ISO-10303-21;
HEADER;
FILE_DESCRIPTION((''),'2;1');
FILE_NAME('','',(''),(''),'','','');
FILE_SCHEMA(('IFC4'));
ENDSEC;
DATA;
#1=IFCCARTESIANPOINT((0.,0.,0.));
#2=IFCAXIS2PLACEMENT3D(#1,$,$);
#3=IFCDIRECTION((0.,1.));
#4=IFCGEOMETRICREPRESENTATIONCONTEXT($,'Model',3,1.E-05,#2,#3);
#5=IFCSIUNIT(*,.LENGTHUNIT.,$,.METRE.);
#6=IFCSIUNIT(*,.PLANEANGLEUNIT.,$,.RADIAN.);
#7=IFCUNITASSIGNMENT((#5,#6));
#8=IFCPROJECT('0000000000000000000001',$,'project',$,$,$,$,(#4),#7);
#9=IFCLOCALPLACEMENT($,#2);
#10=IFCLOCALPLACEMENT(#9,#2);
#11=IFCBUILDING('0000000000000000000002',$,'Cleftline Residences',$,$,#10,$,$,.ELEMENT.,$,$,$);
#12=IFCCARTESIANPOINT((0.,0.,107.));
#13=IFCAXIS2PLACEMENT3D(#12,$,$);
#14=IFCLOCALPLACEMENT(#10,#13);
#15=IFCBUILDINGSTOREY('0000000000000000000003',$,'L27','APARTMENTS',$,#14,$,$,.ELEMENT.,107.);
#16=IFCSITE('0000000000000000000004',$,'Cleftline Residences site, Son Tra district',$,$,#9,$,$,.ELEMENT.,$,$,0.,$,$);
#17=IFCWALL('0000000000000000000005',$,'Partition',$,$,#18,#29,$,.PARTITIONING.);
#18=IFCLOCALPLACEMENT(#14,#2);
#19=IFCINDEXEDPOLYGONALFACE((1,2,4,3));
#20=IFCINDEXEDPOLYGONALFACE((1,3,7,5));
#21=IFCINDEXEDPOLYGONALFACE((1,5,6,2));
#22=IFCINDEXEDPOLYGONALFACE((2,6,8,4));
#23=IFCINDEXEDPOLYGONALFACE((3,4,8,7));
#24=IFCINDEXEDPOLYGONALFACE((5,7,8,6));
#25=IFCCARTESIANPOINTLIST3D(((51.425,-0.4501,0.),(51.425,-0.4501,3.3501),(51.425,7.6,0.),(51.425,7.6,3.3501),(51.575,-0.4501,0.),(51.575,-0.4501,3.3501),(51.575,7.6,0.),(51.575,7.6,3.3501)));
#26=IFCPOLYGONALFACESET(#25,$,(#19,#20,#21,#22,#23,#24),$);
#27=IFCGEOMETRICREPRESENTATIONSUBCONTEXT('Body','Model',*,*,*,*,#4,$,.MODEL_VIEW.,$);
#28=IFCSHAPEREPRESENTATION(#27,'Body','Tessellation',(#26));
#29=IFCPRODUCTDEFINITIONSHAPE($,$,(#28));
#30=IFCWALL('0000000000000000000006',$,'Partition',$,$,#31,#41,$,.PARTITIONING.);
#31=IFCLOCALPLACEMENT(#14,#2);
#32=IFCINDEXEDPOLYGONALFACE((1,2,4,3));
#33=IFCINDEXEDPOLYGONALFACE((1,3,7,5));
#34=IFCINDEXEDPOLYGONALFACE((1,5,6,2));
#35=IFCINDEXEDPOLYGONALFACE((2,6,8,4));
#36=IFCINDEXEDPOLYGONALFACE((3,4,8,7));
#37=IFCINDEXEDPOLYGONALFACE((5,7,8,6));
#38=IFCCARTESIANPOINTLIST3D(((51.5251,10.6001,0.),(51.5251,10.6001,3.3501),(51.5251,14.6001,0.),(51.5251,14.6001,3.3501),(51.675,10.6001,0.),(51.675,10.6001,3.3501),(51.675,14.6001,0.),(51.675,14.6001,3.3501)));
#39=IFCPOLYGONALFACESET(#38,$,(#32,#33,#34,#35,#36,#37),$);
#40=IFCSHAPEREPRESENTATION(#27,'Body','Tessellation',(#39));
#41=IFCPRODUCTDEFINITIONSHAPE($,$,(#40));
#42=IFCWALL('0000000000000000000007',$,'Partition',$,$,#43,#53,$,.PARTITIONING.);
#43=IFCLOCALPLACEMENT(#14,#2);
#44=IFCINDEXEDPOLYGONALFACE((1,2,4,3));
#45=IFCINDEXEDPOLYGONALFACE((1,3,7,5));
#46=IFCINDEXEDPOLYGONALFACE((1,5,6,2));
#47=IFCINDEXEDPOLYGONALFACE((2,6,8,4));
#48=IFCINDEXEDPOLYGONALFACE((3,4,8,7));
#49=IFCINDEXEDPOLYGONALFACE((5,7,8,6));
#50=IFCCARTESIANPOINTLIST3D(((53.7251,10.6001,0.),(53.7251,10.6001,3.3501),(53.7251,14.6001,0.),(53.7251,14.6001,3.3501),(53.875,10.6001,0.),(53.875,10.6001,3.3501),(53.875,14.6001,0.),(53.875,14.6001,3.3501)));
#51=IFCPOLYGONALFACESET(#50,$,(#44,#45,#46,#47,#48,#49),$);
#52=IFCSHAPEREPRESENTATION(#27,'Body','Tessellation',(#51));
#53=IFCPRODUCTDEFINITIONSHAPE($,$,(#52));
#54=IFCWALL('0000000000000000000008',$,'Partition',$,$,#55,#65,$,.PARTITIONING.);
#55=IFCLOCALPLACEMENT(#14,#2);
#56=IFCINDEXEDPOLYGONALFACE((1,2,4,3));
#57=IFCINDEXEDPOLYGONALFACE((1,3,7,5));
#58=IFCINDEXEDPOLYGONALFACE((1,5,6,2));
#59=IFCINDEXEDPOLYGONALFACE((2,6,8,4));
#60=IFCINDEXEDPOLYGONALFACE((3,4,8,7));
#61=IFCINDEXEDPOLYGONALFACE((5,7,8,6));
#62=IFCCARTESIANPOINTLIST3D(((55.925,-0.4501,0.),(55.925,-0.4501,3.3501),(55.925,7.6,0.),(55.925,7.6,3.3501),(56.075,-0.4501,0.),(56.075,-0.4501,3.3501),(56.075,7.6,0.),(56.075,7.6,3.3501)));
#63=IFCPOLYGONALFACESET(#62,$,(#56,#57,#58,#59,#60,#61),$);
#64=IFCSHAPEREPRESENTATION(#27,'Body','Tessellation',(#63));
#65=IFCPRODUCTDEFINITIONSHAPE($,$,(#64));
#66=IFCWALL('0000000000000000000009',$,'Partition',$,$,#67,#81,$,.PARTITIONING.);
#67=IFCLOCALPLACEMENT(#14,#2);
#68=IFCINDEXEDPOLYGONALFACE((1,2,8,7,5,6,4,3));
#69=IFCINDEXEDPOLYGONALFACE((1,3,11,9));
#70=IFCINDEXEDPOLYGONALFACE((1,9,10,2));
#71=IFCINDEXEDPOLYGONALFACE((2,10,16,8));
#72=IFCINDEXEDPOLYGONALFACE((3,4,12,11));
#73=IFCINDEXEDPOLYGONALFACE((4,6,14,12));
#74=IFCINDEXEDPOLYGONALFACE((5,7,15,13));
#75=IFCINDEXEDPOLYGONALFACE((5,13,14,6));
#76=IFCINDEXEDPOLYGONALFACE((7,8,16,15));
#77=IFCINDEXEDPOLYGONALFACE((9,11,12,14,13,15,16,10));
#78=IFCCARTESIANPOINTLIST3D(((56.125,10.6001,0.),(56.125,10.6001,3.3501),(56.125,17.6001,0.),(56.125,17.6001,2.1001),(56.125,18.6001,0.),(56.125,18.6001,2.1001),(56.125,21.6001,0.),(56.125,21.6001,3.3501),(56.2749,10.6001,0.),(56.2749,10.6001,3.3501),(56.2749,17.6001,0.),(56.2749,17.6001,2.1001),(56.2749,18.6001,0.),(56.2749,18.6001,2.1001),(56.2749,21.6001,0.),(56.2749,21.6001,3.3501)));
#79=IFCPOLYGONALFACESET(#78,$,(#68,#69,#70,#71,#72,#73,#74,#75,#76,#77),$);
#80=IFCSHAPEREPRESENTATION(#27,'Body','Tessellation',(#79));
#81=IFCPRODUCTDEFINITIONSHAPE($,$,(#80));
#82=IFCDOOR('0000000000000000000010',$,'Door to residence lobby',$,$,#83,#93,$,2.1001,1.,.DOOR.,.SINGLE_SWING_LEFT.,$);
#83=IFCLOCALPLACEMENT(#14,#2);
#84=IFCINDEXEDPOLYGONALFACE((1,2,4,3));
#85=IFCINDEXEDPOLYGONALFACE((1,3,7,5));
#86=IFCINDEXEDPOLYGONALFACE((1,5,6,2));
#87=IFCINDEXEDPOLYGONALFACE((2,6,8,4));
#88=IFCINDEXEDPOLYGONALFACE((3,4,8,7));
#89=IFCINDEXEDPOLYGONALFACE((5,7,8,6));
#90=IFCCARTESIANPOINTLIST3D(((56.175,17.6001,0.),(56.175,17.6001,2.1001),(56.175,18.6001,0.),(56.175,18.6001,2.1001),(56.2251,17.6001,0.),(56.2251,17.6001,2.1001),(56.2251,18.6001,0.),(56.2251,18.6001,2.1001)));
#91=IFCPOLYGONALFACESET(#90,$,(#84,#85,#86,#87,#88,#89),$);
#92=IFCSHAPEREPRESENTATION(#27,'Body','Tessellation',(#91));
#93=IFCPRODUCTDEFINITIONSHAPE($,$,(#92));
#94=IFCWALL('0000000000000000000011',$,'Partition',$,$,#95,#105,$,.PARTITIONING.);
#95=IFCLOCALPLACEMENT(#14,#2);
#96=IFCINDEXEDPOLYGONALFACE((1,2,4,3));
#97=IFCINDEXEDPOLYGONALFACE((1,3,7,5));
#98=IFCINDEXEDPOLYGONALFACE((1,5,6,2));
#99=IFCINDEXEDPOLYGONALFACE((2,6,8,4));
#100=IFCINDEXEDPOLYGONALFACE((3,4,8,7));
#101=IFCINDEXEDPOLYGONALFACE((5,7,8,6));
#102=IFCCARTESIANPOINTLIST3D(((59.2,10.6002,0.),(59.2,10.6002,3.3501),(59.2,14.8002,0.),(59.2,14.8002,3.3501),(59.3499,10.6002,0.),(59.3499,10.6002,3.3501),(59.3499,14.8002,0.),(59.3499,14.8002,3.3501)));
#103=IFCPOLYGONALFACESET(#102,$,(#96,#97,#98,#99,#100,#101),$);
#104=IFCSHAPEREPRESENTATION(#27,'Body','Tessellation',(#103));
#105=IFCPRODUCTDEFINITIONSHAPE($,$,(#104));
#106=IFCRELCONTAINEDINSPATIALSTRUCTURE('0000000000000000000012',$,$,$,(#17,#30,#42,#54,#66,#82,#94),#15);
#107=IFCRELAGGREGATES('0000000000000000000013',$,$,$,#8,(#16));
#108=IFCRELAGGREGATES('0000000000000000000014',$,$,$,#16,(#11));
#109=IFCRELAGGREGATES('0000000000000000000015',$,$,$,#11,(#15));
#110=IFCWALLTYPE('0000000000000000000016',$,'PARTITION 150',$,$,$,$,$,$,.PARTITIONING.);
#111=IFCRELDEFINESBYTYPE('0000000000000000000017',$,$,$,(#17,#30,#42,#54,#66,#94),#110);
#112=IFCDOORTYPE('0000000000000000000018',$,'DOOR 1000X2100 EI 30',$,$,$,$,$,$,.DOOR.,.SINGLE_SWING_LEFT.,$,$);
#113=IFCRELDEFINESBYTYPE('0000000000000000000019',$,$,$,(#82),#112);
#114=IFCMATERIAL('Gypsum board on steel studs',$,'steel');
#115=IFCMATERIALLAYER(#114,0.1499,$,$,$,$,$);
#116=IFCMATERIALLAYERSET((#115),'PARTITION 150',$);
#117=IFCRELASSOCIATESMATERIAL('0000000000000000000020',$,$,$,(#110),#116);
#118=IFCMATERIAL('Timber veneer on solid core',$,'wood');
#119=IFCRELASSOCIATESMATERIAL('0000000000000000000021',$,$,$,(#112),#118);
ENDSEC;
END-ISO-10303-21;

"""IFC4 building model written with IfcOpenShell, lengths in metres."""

from ifc_helpers import new_model, si_unit, direction, frame, frame_2d, origin, place, context, subcontext, project, spatial, rectangle, extrude, material, layer, layer_set, type_object, element, fill, save


model = new_model("IFC4")

# Units and contexts
model_context = context("Model", 3, precision=1e-05, world=origin(), true_north=direction((0.0, 1.0)))
body_context = subcontext(model_context, "Body", "Model", "MODEL_VIEW")
ifc_project = project(units=[si_unit("LENGTHUNIT", "METRE"), si_unit("PLANEANGLEUNIT", "RADIAN")], contexts=[model_context])

# Site, building, storey
site_placement = place(None, origin())
site = spatial("IfcSite", under=ifc_project, at=site_placement, Name="Cleftline Residences site, Son Tra district", CompositionType="ELEMENT", RefElevation=0.0)
building_placement = place(site_placement, origin())
building = spatial("IfcBuilding", under=site, at=building_placement, Name="Cleftline Residences", CompositionType="ELEMENT")
storey_placement = place(building_placement, frame((0.0, 0.0, 107.0)))
storey = spatial("IfcBuildingStorey", under=building, at=storey_placement, Name="L27", Description="APARTMENTS", CompositionType="ELEMENT", Elevation=107.0)

# Shared definitions
ifc_material_1 = material(Name="Gypsum board on steel studs", Category="steel")
ifc_layer_1 = layer(ifc_material_1, 0.1499)
ifc_layer_set_1 = layer_set([ifc_layer_1], Name="PARTITION 150")
wall_type_1 = type_object("IfcWallType", Name="PARTITION 150", PredefinedType="PARTITIONING", material=ifc_layer_set_1)

# Walls
wall_1_placement = place(storey_placement, frame((51.5, -0.45, 0.0), z_axis=(0.0, 0.0, 1.0), x_axis=(0.0, 1.0, 0.0)))
element("IfcWall", 1, at=wall_1_placement, inside=storey, type_object=wall_type_1, Name="Partition", PredefinedType="PARTITIONING", context=body_context, shape_type="SweptSolid", body=[
    extrude(rectangle(XDim=8.05, YDim=0.1499, at=frame_2d((4.0249, 0.0))), origin(), (0.0, 0.0, 1.0), 3.3501),
])
for number, where, z_axis, x_axis, name in (
    (2, (51.6001, 10.6001, 0.0), (0.0, 0.0, 1.0), (0.0, 1.0, 0.0), "Partition"),
    (3, (53.8, 10.6001, 0.0), (0.0, 0.0, 1.0), (0.0, 1.0, 0.0), "Partition"),
):
    element("IfcWall", number, at=place(storey_placement, frame(where, z_axis=z_axis, x_axis=x_axis)), inside=storey, type_object=wall_type_1, Name=name, PredefinedType="PARTITIONING", context=body_context, shape_type="SweptSolid", body=[
        extrude(rectangle(XDim=4.0, YDim=0.1499, at=frame_2d((2.0, 0.0))), origin(), (0.0, 0.0, 1.0), 3.3501),
    ])
wall_2_placement = place(storey_placement, frame((56.0, -0.45, 0.0), z_axis=(0.0, 0.0, 1.0), x_axis=(0.0, 1.0, 0.0)))
element("IfcWall", 4, at=wall_2_placement, inside=storey, type_object=wall_type_1, Name="Partition", PredefinedType="PARTITIONING", context=body_context, shape_type="SweptSolid", body=[
    extrude(rectangle(XDim=8.05, YDim=0.1499, at=frame_2d((4.0249, 0.0))), origin(), (0.0, 0.0, 1.0), 3.3501),
])

# Wall, opening, door
wall_3_placement = place(storey_placement, frame((56.2, 10.6001, 0.0), z_axis=(0.0, 0.0, 1.0), x_axis=(0.0, 1.0, 0.0)))
wall_3 = element("IfcWall", 5, at=wall_3_placement, inside=storey, type_object=wall_type_1, Name="Partition", PredefinedType="PARTITIONING", context=body_context, shape_type="SweptSolid", body=[
    extrude(rectangle(XDim=11.0, YDim=0.1499, at=frame_2d((5.5, 0.0))), origin(), (0.0, 0.0, 1.0), 3.3501),
])
opening_1_placement = place(wall_3_placement, frame((7.0, 0.0, 0.0)))
opening_1 = element("IfcOpeningElement", 6, at=opening_1_placement, cuts=wall_3, PredefinedType="OPENING", context=body_context, shape_type="SweptSolid", body=[
    extrude(rectangle(XDim=1.0, YDim=2.1001, at=frame_2d((0.5, 1.05))), frame((0.0, 0.085, 0.0), z_axis=(0.0, -1.0, 0.0), x_axis=(1.0, 0.0, 0.0)), (0.0, 0.0, 1.0), 0.1699),
])
ifc_material_2 = material(Name="Timber veneer on solid core", Category="wood")
door_type_1 = type_object("IfcDoorType", Name="DOOR 1000X2100 EI 30", OperationType="SINGLE_SWING_LEFT", PredefinedType="DOOR", material=ifc_material_2)
door_1_placement = place(opening_1_placement, origin())
door_1 = element("IfcDoor", 7, at=door_1_placement, inside=storey, type_object=door_type_1, Name="Door to residence lobby", OperationType="SINGLE_SWING_LEFT", OverallHeight=2.1001, OverallWidth=1.0, PredefinedType="DOOR", context=body_context, shape_type="SweptSolid", body=[
    extrude(rectangle(XDim=1.0, YDim=2.1001, at=frame_2d((0.5, 1.05))), frame((0.0, 0.0249, 0.0), z_axis=(0.0, -1.0, 0.0), x_axis=(1.0, 0.0, 0.0)), (0.0, 0.0, 1.0), 0.05),
])
fill(opening_1, door_1)

# Wall
wall_4_placement = place(storey_placement, frame((59.2749, 10.6001, 0.0), z_axis=(0.0, 0.0, 1.0), x_axis=(0.0, 1.0, 0.0)))
element("IfcWall", 8, at=wall_4_placement, inside=storey, type_object=wall_type_1, Name="Partition", PredefinedType="PARTITIONING", context=body_context, shape_type="SweptSolid", body=[
    extrude(rectangle(XDim=4.2, YDim=0.1499, at=frame_2d((2.1001, 0.0))), origin(), (0.0, 0.0, 1.0), 3.3501),
])

save(model, "model.ifc")
